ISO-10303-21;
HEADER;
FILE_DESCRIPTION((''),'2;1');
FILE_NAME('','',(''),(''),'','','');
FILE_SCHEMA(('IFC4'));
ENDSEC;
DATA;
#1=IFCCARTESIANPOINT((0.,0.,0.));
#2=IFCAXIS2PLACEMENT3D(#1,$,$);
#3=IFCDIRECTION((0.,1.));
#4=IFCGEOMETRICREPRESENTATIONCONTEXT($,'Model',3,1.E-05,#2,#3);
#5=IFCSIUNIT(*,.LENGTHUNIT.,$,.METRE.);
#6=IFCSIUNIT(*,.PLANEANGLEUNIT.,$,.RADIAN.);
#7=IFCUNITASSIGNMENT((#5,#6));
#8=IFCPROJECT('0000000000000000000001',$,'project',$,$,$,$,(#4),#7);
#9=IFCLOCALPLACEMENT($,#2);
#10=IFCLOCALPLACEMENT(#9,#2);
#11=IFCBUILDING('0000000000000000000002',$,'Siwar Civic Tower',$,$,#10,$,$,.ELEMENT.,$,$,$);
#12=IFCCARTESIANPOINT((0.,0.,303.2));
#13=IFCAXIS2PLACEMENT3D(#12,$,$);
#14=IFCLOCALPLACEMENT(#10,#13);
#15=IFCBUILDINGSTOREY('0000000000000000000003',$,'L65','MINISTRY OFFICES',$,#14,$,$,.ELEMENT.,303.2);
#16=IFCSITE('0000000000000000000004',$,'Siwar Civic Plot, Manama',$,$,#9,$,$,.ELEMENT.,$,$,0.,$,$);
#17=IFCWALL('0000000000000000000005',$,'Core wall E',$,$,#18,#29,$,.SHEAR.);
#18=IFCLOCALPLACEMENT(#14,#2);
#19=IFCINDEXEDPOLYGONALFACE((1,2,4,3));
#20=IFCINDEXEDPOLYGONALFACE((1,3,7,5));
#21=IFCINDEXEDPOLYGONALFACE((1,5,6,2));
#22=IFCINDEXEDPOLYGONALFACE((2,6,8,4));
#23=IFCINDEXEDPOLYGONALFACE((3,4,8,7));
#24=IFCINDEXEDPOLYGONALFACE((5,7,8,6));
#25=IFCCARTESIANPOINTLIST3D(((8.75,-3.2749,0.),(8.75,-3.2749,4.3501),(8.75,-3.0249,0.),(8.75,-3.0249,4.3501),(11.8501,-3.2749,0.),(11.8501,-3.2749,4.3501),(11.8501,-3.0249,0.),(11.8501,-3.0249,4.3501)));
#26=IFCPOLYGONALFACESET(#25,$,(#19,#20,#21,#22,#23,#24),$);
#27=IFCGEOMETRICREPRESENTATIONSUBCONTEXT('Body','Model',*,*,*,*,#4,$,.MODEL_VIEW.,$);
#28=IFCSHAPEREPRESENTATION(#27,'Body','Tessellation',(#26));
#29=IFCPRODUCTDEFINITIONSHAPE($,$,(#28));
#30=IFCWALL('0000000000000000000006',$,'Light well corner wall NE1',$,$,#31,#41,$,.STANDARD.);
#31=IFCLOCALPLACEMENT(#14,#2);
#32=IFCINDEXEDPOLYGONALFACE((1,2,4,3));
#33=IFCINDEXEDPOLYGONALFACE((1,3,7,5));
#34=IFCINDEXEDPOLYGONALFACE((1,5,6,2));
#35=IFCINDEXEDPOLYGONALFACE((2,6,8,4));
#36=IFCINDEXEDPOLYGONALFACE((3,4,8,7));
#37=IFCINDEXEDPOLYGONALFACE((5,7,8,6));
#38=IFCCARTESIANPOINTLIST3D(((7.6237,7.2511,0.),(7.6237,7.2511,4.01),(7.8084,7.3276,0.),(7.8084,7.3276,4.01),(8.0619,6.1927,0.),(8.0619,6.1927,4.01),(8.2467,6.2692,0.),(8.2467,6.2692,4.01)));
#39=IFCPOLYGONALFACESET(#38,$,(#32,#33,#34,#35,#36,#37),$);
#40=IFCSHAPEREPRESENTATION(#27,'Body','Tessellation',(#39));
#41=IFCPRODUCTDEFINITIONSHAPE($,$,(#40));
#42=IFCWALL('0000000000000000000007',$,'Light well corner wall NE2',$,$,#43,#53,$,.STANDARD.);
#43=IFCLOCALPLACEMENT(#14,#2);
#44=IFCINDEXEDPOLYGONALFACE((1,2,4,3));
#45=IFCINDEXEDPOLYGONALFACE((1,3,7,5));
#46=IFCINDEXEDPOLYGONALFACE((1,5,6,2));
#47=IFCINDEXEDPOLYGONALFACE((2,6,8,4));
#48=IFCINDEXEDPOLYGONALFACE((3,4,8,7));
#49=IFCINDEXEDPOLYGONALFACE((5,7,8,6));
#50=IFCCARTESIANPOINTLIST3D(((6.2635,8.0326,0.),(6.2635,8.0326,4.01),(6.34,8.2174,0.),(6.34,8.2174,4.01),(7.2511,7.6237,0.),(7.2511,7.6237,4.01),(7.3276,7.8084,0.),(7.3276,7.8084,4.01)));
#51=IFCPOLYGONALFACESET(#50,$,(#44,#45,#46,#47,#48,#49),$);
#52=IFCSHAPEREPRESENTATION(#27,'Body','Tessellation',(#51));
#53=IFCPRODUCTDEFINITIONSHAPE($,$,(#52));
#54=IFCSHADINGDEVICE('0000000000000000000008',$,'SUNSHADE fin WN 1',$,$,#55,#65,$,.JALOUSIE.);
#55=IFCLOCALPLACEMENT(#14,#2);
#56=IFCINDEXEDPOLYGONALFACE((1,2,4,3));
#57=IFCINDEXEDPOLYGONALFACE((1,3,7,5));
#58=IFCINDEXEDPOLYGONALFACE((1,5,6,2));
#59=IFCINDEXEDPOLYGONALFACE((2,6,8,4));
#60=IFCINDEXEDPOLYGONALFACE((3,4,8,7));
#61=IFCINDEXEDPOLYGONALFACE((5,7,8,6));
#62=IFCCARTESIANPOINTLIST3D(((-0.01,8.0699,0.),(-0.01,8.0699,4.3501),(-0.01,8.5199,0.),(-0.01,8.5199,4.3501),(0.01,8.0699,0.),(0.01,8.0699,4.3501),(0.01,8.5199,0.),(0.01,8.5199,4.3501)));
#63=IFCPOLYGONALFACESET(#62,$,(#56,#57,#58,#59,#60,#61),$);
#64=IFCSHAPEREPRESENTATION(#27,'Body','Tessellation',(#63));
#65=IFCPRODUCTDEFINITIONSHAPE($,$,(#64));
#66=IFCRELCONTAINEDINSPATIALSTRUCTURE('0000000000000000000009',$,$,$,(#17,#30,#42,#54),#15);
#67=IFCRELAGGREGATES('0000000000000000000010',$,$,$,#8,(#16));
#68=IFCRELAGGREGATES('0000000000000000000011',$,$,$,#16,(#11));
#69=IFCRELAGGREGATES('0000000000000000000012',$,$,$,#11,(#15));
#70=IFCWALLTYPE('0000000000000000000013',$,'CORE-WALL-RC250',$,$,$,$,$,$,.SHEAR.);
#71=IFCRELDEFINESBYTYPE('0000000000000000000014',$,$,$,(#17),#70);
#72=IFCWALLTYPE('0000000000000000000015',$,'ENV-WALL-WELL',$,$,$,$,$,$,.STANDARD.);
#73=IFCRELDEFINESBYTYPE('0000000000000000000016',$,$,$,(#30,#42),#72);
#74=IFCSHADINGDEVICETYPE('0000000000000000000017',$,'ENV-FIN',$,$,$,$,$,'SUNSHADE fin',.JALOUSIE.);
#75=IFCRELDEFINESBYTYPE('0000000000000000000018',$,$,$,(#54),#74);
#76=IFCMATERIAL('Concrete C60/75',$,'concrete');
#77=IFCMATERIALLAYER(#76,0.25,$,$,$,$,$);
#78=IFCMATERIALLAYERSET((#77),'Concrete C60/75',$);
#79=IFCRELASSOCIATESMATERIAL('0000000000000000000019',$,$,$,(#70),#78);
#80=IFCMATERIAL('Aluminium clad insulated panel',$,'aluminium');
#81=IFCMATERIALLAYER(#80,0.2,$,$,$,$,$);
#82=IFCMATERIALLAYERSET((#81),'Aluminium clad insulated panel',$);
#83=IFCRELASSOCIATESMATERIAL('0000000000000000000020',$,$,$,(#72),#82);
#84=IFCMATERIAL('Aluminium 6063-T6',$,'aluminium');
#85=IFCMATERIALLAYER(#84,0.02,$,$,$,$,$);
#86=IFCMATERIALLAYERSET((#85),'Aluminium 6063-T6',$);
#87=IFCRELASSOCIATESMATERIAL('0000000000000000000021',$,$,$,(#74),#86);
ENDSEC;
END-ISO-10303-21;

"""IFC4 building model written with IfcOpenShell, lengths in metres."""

from ifc_helpers import new_model, si_unit, direction, frame, frame_2d, origin, origin_2d, place, context, subcontext, project, spatial, rectangle, extrude, material, layer, layer_set, type_object, element, save


model = new_model("IFC4")

# Units and contexts
model_context = context("Model", 3, precision=1e-05, world=origin(), true_north=direction((0.0, 1.0)))
body_context = subcontext(model_context, "Body", "Model", "MODEL_VIEW")
ifc_project = project(units=[si_unit("LENGTHUNIT", "METRE"), si_unit("PLANEANGLEUNIT", "RADIAN")], contexts=[model_context])

# Site, building, storey
site_placement = place(None, origin())
site = spatial("IfcSite", under=ifc_project, at=site_placement, Name="Siwar Civic Plot, Manama", CompositionType="ELEMENT", RefElevation=0.0)
building_placement = place(site_placement, origin())
building = spatial("IfcBuilding", under=site, at=building_placement, Name="Siwar Civic Tower", CompositionType="ELEMENT")
storey_placement = place(building_placement, frame((0.0, 0.0, 303.2)))
storey = spatial("IfcBuildingStorey", under=building, at=storey_placement, Name="L65", Description="MINISTRY OFFICES", CompositionType="ELEMENT", Elevation=303.2)

# Walls
ifc_material_1 = material(Name="Concrete C60/75", Category="concrete")
ifc_layer_1 = layer(ifc_material_1, 0.25)
ifc_layer_set_1 = layer_set([ifc_layer_1], Name="Concrete C60/75")
wall_type_1 = type_object("IfcWallType", Name="CORE-WALL-RC250", PredefinedType="SHEAR", material=ifc_layer_set_1)
for number, where, z_axis, x_axis, name in (
    (1, (8.75, -3.1499, 0.0), (0.0, 0.0, 1.0), (1.0, 0.0, 0.0), "Core wall E"),
):
    element("IfcWall", number, at=place(storey_placement, frame(where, z_axis=z_axis, x_axis=x_axis)), inside=storey, type_object=wall_type_1, Name=name, PredefinedType="SHEAR", context=body_context, shape_type="SweptSolid", body=[
        extrude(rectangle(XDim=3.1001, YDim=0.25, at=frame_2d((1.55, 0.0))), origin(), (0.0, 0.0, 1.0), 4.3501),
    ])
ifc_material_2 = material(Name="Aluminium clad insulated panel", Category="aluminium")
ifc_layer_2 = layer(ifc_material_2, 0.2)
ifc_layer_set_2 = layer_set([ifc_layer_2], Name="Aluminium clad insulated panel")
wall_type_2 = type_object("IfcWallType", Name="ENV-WALL-WELL", PredefinedType="STANDARD", material=ifc_layer_set_2)
wall_1_placement = place(storey_placement, frame((8.1543, 6.231, 0.0), z_axis=(0.0, 0.0, 1.0), x_axis=(-0.382571, 0.923926, 0.0)))
element("IfcWall", 2, at=wall_1_placement, inside=storey, type_object=wall_type_2, Name="Light well corner wall NE1", PredefinedType="STANDARD", context=body_context, shape_type="SweptSolid", body=[
    extrude(rectangle(XDim=1.1455, YDim=0.2, at=frame_2d((0.5728, 0.0))), origin(), (0.0, 0.0, 1.0), 4.01),
])
wall_2_placement = place(storey_placement, frame((7.2893, 7.7161, 0.0), z_axis=(0.0, 0.0, 1.0), x_axis=(-0.923919, 0.382587, 0.0)))
element("IfcWall", 3, at=wall_2_placement, inside=storey, type_object=wall_type_2, Name="Light well corner wall NE2", PredefinedType="STANDARD", context=body_context, shape_type="SweptSolid", body=[
    extrude(rectangle(XDim=1.0688, YDim=0.2, at=frame_2d((0.5344, 0.0))), origin(), (0.0, 0.0, 1.0), 4.01),
])

# Shading device
ifc_material_3 = material(Name="Aluminium 6063-T6", Category="aluminium")
ifc_layer_3 = layer(ifc_material_3, 0.02)
ifc_layer_set_3 = layer_set([ifc_layer_3], Name="Aluminium 6063-T6")
shading_device_type = type_object("IfcShadingDeviceType", Name="ENV-FIN", ElementType="SUNSHADE fin", PredefinedType="JALOUSIE", material=ifc_layer_set_3)
shading_device_placement = place(storey_placement, frame((0.0, 8.2949, 0.0), z_axis=(0.0, 0.0, 1.0), x_axis=(-1.0, 0.0, 0.0)))
element("IfcShadingDevice", 4, at=shading_device_placement, inside=storey, type_object=shading_device_type, Name="SUNSHADE fin WN 1", PredefinedType="JALOUSIE", context=body_context, shape_type="SweptSolid", body=[
    extrude(rectangle(XDim=0.02, YDim=0.45, at=origin_2d()), origin(), (0.0, 0.0, 1.0), 4.3501),
])

save(model, "model.ifc")
